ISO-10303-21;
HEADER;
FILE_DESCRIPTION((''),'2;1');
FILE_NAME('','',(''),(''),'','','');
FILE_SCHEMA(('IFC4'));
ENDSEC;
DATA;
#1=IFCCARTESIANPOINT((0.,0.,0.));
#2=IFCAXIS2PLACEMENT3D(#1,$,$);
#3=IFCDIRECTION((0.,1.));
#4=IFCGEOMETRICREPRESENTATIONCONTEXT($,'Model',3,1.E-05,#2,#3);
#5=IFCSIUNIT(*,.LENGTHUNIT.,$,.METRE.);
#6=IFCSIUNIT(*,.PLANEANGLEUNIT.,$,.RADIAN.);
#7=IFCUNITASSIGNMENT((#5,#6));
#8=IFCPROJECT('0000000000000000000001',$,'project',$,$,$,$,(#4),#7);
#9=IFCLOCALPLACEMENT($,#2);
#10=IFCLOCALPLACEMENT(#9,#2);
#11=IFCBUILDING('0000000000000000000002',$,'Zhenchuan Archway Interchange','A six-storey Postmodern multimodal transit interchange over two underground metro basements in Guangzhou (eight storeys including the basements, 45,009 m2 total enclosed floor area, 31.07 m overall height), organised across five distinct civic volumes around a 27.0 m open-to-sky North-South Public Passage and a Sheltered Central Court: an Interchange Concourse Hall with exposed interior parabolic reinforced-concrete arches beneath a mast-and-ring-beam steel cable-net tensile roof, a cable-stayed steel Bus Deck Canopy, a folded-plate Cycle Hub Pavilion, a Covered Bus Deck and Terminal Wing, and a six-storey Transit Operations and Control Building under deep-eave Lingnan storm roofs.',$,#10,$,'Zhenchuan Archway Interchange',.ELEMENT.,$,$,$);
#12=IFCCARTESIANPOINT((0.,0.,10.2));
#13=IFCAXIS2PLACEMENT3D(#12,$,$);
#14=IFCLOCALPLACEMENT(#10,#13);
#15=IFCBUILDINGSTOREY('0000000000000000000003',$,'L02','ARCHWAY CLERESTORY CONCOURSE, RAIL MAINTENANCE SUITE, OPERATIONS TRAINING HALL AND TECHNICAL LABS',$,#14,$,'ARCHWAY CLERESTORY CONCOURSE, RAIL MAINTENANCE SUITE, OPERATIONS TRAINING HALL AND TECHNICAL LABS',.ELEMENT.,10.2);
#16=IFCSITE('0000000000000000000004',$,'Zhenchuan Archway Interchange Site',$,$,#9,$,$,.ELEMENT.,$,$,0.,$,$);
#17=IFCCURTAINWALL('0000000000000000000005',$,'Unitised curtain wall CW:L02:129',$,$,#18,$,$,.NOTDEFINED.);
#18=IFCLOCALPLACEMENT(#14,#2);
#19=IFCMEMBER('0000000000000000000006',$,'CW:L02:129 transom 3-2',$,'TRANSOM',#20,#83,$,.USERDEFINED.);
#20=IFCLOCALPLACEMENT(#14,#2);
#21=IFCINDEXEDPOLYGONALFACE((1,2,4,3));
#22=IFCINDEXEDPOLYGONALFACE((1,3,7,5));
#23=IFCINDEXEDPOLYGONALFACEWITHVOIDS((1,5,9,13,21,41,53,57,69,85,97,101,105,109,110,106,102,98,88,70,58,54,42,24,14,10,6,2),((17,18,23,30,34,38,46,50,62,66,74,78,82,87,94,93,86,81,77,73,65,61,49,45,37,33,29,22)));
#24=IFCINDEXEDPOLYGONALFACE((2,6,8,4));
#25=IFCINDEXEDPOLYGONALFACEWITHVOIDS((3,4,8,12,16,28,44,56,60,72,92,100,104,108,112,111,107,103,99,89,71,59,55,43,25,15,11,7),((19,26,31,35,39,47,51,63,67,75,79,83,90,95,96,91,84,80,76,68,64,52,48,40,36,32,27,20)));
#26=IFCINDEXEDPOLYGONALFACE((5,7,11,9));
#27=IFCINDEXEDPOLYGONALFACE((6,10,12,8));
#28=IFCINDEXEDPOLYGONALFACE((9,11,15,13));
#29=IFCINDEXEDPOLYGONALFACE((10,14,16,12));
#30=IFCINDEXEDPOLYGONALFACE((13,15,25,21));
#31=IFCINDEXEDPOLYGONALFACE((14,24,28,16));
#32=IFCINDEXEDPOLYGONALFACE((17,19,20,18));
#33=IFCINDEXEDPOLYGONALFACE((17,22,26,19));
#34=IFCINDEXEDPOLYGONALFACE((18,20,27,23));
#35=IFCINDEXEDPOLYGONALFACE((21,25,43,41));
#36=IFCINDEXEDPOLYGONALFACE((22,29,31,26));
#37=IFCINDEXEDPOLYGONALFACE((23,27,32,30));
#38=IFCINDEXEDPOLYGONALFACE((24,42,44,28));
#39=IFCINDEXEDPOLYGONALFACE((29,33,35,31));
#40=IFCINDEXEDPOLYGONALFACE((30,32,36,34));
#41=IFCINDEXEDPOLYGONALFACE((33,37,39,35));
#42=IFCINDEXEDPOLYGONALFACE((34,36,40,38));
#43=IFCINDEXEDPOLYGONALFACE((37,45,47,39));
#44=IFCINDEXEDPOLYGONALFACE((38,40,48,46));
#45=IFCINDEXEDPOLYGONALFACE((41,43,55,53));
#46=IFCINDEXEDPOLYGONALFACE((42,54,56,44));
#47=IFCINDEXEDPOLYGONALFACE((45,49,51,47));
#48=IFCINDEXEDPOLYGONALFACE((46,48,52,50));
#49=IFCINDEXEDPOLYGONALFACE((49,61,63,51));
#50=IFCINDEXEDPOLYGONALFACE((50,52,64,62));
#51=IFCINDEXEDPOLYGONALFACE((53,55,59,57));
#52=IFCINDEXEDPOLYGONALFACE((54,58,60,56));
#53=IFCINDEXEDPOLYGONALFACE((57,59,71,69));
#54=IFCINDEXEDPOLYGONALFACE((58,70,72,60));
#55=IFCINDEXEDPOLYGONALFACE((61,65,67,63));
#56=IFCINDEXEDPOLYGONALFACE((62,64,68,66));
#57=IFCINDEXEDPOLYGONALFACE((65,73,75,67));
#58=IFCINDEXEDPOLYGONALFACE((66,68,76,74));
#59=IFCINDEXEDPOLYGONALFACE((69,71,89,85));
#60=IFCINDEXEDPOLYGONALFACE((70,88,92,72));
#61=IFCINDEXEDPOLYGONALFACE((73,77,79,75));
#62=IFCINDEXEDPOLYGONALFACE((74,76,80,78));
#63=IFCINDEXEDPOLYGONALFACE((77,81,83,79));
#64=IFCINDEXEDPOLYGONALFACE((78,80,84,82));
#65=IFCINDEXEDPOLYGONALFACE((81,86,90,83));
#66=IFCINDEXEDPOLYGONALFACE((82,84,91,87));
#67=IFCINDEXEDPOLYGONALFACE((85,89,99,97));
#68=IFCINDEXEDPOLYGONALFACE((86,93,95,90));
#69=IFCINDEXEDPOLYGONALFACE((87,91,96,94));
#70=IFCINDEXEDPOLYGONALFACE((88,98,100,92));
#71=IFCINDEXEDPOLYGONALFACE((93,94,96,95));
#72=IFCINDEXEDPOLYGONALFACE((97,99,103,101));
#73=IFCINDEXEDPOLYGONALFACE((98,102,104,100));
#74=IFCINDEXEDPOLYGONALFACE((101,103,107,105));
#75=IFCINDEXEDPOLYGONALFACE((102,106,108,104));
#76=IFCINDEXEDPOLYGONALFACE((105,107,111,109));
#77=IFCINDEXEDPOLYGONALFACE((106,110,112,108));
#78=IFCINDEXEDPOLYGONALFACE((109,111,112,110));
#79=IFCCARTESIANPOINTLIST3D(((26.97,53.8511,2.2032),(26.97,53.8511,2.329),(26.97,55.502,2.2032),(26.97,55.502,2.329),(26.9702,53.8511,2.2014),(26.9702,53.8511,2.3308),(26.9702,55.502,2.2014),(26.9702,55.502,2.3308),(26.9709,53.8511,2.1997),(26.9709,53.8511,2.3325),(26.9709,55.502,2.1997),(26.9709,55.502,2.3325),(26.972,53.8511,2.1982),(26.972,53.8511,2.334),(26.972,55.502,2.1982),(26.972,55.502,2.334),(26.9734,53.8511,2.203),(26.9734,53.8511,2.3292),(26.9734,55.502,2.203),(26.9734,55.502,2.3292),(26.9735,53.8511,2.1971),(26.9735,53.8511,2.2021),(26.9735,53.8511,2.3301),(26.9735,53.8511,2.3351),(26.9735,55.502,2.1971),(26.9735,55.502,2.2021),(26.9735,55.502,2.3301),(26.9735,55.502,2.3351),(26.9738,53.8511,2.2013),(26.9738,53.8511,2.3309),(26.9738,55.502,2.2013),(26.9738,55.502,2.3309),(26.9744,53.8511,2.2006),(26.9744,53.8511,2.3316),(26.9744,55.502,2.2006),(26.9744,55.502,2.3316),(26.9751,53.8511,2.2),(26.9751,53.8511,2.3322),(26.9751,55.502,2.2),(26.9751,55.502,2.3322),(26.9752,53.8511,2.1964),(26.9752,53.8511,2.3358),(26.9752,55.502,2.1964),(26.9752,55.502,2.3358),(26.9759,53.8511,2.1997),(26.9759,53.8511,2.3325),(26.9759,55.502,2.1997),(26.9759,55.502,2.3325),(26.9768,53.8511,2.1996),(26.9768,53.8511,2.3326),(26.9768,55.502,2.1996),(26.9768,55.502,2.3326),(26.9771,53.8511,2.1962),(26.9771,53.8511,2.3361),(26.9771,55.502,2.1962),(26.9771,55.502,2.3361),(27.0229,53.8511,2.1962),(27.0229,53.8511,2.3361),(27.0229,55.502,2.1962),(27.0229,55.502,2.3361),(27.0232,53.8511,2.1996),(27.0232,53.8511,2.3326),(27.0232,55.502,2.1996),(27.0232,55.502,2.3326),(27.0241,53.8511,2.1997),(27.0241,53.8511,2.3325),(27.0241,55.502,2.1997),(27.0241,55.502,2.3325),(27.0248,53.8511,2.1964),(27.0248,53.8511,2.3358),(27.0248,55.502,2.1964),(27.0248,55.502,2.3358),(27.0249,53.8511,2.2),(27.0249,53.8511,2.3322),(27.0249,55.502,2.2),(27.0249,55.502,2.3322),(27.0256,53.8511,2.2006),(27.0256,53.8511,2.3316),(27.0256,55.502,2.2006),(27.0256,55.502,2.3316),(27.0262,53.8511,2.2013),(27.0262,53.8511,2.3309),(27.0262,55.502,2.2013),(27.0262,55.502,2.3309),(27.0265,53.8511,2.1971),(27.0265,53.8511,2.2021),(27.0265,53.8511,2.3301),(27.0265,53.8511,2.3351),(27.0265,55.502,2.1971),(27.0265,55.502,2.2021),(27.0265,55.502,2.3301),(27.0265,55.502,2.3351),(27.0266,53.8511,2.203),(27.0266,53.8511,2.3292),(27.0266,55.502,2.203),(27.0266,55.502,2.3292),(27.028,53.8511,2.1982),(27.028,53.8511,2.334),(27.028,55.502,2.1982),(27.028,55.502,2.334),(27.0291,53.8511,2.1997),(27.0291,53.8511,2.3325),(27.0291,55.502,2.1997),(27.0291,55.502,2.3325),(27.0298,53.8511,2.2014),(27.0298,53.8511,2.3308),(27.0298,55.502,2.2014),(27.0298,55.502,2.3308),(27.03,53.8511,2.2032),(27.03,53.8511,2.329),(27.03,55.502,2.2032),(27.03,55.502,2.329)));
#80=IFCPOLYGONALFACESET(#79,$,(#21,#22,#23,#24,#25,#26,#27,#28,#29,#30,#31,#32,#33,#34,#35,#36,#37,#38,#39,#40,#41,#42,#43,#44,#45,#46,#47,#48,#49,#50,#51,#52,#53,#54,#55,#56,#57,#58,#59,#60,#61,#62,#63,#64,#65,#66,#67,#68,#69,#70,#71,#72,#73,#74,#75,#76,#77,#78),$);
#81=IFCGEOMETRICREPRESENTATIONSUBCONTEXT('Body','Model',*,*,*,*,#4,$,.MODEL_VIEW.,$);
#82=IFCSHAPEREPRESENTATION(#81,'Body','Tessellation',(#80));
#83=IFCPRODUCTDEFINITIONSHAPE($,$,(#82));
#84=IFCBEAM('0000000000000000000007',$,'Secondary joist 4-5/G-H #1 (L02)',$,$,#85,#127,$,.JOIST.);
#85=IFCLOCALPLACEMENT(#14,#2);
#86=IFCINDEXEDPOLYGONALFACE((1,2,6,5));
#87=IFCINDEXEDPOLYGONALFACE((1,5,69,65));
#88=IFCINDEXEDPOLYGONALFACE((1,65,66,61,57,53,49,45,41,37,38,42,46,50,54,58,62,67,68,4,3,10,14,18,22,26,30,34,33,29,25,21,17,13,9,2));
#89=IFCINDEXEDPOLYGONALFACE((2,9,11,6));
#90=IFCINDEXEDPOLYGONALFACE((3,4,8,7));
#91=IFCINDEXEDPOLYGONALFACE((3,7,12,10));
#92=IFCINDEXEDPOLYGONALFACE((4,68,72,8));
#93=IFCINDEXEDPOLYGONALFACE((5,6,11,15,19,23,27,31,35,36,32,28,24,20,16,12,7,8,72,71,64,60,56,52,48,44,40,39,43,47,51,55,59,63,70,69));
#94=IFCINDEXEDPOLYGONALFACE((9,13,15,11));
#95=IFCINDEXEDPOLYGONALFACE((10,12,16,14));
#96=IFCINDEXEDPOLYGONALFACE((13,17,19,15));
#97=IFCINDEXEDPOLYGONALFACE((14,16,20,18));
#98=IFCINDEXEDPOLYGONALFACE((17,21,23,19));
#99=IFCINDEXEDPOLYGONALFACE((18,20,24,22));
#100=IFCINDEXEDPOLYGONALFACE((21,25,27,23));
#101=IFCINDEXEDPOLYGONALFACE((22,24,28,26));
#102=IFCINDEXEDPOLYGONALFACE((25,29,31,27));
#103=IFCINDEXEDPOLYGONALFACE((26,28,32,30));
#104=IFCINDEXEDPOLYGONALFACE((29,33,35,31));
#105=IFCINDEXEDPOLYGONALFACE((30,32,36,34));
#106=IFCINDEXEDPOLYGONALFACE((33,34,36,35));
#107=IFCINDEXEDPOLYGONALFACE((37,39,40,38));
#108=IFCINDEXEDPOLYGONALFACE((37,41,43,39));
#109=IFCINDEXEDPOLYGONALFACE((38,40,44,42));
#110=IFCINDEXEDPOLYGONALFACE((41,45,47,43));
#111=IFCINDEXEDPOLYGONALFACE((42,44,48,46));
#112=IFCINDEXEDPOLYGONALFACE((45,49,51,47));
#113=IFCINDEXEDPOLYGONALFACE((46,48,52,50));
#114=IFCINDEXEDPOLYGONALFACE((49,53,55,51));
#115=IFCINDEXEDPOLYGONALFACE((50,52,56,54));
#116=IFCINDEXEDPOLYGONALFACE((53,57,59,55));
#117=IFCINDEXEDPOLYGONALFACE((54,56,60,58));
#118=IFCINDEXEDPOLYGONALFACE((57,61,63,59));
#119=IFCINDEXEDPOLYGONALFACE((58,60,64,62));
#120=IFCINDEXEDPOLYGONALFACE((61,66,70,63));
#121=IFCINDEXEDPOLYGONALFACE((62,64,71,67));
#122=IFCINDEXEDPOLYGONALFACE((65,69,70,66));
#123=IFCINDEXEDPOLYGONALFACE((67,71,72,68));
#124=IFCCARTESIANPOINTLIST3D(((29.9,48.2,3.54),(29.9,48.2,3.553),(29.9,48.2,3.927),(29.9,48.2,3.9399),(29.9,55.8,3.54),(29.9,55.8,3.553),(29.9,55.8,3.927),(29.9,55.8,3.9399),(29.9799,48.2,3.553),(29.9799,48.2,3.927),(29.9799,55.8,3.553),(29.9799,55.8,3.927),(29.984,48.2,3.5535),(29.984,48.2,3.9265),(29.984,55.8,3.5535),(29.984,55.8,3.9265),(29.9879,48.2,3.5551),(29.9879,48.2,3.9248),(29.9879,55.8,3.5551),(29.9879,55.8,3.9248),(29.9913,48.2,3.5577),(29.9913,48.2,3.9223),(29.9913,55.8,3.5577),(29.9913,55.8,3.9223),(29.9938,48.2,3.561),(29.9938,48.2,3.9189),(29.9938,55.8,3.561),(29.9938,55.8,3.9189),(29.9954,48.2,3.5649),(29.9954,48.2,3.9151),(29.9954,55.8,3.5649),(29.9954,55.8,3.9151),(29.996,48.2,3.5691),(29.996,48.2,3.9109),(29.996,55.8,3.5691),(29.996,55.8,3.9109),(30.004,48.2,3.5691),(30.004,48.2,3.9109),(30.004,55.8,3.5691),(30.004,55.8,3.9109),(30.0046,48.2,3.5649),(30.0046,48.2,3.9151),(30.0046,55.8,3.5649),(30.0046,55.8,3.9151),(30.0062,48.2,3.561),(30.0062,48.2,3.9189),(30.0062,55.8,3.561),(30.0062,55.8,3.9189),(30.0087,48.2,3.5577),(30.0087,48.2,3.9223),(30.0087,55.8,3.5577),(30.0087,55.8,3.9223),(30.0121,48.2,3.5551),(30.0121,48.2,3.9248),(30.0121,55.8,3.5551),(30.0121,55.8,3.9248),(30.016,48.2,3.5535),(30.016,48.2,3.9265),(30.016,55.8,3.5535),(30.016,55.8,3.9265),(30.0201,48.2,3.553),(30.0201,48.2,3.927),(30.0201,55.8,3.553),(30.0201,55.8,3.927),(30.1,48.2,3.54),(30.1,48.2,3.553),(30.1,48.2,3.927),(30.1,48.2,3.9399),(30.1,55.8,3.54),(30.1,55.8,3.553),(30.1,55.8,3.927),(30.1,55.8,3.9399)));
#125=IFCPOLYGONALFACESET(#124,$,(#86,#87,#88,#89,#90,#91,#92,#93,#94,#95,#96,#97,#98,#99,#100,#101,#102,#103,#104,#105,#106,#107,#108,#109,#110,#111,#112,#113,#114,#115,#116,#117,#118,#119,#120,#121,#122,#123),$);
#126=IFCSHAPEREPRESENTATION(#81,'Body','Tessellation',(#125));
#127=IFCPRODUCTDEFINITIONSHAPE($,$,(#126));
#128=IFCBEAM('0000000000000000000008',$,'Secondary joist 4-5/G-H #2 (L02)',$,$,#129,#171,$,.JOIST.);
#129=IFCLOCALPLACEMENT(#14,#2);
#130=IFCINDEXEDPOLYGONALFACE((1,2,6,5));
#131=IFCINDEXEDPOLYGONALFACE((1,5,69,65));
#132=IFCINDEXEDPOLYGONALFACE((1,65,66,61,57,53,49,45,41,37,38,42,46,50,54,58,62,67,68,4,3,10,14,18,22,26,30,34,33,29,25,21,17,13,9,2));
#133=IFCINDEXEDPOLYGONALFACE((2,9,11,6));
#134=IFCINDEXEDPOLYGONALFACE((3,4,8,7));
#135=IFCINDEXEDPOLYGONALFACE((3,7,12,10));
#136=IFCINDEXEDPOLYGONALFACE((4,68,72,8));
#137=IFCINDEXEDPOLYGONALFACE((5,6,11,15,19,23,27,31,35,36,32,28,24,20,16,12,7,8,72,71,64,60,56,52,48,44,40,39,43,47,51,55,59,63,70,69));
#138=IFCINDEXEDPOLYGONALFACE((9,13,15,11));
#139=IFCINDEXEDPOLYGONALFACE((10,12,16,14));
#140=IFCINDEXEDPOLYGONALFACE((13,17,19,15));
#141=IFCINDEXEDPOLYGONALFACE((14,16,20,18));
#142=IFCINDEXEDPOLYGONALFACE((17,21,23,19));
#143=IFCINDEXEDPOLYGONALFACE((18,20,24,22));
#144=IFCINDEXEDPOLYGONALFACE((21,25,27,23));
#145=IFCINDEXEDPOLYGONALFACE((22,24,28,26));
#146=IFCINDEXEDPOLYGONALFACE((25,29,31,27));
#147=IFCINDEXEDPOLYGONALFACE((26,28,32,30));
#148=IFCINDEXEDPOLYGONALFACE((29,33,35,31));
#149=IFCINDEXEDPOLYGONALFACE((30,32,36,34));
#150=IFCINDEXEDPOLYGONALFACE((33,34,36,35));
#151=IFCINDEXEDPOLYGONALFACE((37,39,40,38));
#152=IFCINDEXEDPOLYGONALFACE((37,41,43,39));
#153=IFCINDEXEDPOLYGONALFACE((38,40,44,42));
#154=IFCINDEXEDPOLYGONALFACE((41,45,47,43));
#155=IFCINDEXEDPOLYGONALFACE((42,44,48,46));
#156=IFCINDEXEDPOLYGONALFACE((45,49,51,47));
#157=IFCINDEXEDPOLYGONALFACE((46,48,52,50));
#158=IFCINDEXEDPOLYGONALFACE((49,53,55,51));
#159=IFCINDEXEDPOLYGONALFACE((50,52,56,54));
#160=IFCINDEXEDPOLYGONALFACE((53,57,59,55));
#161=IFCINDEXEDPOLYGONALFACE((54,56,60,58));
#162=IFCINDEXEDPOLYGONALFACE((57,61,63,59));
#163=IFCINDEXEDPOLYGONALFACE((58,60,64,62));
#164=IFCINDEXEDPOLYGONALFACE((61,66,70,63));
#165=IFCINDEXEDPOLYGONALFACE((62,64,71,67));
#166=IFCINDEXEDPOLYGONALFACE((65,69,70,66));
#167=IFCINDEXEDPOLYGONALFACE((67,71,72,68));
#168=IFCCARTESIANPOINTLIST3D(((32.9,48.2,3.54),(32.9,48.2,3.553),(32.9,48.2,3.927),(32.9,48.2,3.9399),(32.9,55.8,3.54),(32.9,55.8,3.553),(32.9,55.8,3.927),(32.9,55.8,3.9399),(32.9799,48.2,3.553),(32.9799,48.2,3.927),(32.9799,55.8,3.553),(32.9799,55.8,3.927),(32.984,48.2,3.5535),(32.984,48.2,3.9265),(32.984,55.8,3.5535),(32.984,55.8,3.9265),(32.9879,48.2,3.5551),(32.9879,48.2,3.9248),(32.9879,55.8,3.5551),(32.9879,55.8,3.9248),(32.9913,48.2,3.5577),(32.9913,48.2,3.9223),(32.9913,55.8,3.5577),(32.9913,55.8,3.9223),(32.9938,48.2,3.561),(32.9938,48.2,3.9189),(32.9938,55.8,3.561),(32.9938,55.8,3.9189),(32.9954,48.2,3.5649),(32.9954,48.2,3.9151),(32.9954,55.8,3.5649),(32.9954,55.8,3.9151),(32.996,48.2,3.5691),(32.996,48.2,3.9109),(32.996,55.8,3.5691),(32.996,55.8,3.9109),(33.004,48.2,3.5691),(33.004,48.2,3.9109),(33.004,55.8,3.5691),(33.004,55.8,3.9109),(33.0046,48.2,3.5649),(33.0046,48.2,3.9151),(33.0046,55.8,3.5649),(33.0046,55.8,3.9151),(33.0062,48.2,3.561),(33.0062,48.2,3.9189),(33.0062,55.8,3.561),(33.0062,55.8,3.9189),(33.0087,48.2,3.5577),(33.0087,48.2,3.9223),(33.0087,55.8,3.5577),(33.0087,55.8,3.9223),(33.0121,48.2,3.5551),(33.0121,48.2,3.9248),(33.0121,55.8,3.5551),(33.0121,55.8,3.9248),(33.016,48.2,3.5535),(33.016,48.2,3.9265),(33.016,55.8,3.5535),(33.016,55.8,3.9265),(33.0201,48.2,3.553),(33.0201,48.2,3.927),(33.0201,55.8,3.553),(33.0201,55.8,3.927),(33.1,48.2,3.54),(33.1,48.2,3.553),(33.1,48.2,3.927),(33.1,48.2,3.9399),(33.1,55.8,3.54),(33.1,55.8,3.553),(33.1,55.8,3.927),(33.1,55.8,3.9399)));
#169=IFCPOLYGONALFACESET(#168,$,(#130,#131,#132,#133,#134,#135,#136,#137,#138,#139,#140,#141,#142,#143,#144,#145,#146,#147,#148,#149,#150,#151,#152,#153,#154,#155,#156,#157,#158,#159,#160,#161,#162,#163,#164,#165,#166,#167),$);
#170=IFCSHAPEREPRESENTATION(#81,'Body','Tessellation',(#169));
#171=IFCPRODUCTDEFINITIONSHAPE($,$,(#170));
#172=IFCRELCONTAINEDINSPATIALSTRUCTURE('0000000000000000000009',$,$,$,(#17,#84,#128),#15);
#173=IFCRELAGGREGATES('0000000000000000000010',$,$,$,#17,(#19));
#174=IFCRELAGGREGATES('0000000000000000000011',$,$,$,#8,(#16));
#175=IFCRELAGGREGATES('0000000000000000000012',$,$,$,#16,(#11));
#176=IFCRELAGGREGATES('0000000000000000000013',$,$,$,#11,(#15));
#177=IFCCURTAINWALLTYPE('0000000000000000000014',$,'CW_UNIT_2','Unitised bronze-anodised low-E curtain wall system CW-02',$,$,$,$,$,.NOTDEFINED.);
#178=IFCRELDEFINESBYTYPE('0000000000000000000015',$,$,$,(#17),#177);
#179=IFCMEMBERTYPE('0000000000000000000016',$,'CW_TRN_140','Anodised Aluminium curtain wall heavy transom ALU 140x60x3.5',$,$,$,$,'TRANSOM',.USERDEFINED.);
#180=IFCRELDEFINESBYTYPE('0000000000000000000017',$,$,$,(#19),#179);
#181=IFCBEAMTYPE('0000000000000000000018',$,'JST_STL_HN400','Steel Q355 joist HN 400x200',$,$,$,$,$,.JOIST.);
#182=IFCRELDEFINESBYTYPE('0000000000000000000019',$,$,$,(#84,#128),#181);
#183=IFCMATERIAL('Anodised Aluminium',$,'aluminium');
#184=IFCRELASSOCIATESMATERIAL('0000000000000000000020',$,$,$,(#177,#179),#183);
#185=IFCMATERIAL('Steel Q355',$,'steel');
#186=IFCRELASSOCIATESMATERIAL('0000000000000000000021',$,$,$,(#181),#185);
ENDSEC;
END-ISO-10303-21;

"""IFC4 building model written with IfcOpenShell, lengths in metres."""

from ifc_helpers import new_model, si_unit, direction, frame, origin, origin_2d, place, context, subcontext, project, spatial, hollow_rectangle, i_section, extrude, material, material_profile, profile_set, type_object, element, aggregate, save


model = new_model("IFC4")

# Units and contexts
model_context = context("Model", 3, precision=1e-05, world=origin(), true_north=direction((0.0, 1.0)))
body_context = subcontext(model_context, "Body", "Model", "MODEL_VIEW")
ifc_project = project(units=[si_unit("LENGTHUNIT", "METRE"), si_unit("PLANEANGLEUNIT", "RADIAN")], contexts=[model_context])

# Site, building, storey
site_placement = place(None, origin())
site = spatial("IfcSite", under=ifc_project, at=site_placement, Name="Zhenchuan Archway Interchange Site", CompositionType="ELEMENT", RefElevation=0.0)
building_placement = place(site_placement, origin())
building = spatial("IfcBuilding", under=site, at=building_placement, Name="Zhenchuan Archway Interchange", Description="A six-storey Postmodern multimodal transit interchange over two underground metro basements in Guangzhou (eight storeys including the basements, 45,009 m2 total enclosed floor area, 31.07 m overall height), organised across five distinct civic volumes around a 27.0 m open-to-sky North-South Public Passage and a Sheltered Central Court: an Interchange Concourse Hall with exposed interior parabolic reinforced-concrete arches beneath a mast-and-ring-beam steel cable-net tensile roof, a cable-stayed steel Bus Deck Canopy, a folded-plate Cycle Hub Pavilion, a Covered Bus Deck and Terminal Wing, and a six-storey Transit Operations and Control Building under deep-eave Lingnan storm roofs.", LongName="Zhenchuan Archway Interchange", CompositionType="ELEMENT")
storey_placement = place(building_placement, frame((0.0, 0.0, 10.2)))
storey = spatial("IfcBuildingStorey", under=building, at=storey_placement, Name="L02", Description="ARCHWAY CLERESTORY CONCOURSE, RAIL MAINTENANCE SUITE, OPERATIONS TRAINING HALL AND TECHNICAL LABS", LongName="ARCHWAY CLERESTORY CONCOURSE, RAIL MAINTENANCE SUITE, OPERATIONS TRAINING HALL AND TECHNICAL LABS", CompositionType="ELEMENT", Elevation=10.2)

# Curtain wall, member
ifc_material_1 = material(Name="Anodised Aluminium", Category="aluminium")
curtain_wall_type = type_object("IfcCurtainWallType", Name="CW_UNIT_2", Description="Unitised bronze-anodised low-E curtain wall system CW-02", PredefinedType="NOTDEFINED", material=ifc_material_1)
curtain_wall_placement = place(storey_placement, origin())
curtain_wall = element("IfcCurtainWall", 1, at=curtain_wall_placement, inside=storey, type_object=curtain_wall_type, Name="Unitised curtain wall CW:L02:129", PredefinedType="NOTDEFINED")
ifc_material_profile_1 = material_profile(ifc_material_1, hollow_rectangle(XDim=0.0601, YDim=0.1399, WallThickness=0.0034, InnerFilletRadius=0.0034, OuterFilletRadius=0.0071, at=origin_2d()), Name="ALU 140x60x3.5")
ifc_profile_set_1 = profile_set([ifc_material_profile_1], Name="Anodised Aluminium")
member_type_1 = type_object("IfcMemberType", Name="CW_TRN_140", Description="Anodised Aluminium curtain wall heavy transom ALU 140x60x3.5", ElementType="TRANSOM", PredefinedType="USERDEFINED", material=ifc_profile_set_1)
member_1_placement = place(storey_placement, frame((27.0, 53.8511, 2.2661), z_axis=(0.0, 1.0, 0.0), x_axis=(-1.0, 0.0, 0.0)))
member_1 = element("IfcMember", 2, at=member_1_placement, type_object=member_type_1, Name="CW:L02:129 transom 3-2", ObjectType="TRANSOM", PredefinedType="USERDEFINED", context=body_context, shape_type="SweptSolid", body=[
    extrude(hollow_rectangle(XDim=0.0601, YDim=0.1399, WallThickness=0.0034, InnerFilletRadius=0.0034, OuterFilletRadius=0.0071, at=origin_2d()), origin(), (0.0, 0.0, 1.0), 1.6509),
])

# Beams
ifc_material_2 = material(Name="Steel Q355", Category="steel")
ifc_material_profile_2 = material_profile(ifc_material_2, i_section(OverallWidth=0.2, OverallDepth=0.3999, WebThickness=0.0081, FlangeThickness=0.0129, FilletRadius=0.0161, at=origin_2d()), Name="HN 400x200")
ifc_profile_set_2 = profile_set([ifc_material_profile_2], Name="Steel Q355")
beam_type_1 = type_object("IfcBeamType", Name="JST_STL_HN400", Description="Steel Q355 joist HN 400x200", PredefinedType="JOIST", material=ifc_profile_set_2)
for number, where, z_axis, x_axis, name in (
    (3, (30.0, 48.2, 3.74), (0.0, 1.0, 0.0), (-1.0, 0.0, 0.0), "Secondary joist 4-5/G-H #1 (L02)"),
    (4, (33.0, 48.2, 3.74), (0.0, 1.0, 0.0), (-1.0, 0.0, 0.0), "Secondary joist 4-5/G-H #2 (L02)"),
):
    element("IfcBeam", number, at=place(storey_placement, frame(where, z_axis=z_axis, x_axis=x_axis)), inside=storey, type_object=beam_type_1, Name=name, PredefinedType="JOIST", context=body_context, shape_type="SweptSolid", body=[
        extrude(i_section(OverallWidth=0.2, OverallDepth=0.3999, WebThickness=0.0081, FlangeThickness=0.0129, FilletRadius=0.0161, at=origin_2d()), origin(), (0.0, 0.0, 1.0), 7.6001),
    ])

aggregate(curtain_wall, [member_1])

save(model, "model.ifc")
